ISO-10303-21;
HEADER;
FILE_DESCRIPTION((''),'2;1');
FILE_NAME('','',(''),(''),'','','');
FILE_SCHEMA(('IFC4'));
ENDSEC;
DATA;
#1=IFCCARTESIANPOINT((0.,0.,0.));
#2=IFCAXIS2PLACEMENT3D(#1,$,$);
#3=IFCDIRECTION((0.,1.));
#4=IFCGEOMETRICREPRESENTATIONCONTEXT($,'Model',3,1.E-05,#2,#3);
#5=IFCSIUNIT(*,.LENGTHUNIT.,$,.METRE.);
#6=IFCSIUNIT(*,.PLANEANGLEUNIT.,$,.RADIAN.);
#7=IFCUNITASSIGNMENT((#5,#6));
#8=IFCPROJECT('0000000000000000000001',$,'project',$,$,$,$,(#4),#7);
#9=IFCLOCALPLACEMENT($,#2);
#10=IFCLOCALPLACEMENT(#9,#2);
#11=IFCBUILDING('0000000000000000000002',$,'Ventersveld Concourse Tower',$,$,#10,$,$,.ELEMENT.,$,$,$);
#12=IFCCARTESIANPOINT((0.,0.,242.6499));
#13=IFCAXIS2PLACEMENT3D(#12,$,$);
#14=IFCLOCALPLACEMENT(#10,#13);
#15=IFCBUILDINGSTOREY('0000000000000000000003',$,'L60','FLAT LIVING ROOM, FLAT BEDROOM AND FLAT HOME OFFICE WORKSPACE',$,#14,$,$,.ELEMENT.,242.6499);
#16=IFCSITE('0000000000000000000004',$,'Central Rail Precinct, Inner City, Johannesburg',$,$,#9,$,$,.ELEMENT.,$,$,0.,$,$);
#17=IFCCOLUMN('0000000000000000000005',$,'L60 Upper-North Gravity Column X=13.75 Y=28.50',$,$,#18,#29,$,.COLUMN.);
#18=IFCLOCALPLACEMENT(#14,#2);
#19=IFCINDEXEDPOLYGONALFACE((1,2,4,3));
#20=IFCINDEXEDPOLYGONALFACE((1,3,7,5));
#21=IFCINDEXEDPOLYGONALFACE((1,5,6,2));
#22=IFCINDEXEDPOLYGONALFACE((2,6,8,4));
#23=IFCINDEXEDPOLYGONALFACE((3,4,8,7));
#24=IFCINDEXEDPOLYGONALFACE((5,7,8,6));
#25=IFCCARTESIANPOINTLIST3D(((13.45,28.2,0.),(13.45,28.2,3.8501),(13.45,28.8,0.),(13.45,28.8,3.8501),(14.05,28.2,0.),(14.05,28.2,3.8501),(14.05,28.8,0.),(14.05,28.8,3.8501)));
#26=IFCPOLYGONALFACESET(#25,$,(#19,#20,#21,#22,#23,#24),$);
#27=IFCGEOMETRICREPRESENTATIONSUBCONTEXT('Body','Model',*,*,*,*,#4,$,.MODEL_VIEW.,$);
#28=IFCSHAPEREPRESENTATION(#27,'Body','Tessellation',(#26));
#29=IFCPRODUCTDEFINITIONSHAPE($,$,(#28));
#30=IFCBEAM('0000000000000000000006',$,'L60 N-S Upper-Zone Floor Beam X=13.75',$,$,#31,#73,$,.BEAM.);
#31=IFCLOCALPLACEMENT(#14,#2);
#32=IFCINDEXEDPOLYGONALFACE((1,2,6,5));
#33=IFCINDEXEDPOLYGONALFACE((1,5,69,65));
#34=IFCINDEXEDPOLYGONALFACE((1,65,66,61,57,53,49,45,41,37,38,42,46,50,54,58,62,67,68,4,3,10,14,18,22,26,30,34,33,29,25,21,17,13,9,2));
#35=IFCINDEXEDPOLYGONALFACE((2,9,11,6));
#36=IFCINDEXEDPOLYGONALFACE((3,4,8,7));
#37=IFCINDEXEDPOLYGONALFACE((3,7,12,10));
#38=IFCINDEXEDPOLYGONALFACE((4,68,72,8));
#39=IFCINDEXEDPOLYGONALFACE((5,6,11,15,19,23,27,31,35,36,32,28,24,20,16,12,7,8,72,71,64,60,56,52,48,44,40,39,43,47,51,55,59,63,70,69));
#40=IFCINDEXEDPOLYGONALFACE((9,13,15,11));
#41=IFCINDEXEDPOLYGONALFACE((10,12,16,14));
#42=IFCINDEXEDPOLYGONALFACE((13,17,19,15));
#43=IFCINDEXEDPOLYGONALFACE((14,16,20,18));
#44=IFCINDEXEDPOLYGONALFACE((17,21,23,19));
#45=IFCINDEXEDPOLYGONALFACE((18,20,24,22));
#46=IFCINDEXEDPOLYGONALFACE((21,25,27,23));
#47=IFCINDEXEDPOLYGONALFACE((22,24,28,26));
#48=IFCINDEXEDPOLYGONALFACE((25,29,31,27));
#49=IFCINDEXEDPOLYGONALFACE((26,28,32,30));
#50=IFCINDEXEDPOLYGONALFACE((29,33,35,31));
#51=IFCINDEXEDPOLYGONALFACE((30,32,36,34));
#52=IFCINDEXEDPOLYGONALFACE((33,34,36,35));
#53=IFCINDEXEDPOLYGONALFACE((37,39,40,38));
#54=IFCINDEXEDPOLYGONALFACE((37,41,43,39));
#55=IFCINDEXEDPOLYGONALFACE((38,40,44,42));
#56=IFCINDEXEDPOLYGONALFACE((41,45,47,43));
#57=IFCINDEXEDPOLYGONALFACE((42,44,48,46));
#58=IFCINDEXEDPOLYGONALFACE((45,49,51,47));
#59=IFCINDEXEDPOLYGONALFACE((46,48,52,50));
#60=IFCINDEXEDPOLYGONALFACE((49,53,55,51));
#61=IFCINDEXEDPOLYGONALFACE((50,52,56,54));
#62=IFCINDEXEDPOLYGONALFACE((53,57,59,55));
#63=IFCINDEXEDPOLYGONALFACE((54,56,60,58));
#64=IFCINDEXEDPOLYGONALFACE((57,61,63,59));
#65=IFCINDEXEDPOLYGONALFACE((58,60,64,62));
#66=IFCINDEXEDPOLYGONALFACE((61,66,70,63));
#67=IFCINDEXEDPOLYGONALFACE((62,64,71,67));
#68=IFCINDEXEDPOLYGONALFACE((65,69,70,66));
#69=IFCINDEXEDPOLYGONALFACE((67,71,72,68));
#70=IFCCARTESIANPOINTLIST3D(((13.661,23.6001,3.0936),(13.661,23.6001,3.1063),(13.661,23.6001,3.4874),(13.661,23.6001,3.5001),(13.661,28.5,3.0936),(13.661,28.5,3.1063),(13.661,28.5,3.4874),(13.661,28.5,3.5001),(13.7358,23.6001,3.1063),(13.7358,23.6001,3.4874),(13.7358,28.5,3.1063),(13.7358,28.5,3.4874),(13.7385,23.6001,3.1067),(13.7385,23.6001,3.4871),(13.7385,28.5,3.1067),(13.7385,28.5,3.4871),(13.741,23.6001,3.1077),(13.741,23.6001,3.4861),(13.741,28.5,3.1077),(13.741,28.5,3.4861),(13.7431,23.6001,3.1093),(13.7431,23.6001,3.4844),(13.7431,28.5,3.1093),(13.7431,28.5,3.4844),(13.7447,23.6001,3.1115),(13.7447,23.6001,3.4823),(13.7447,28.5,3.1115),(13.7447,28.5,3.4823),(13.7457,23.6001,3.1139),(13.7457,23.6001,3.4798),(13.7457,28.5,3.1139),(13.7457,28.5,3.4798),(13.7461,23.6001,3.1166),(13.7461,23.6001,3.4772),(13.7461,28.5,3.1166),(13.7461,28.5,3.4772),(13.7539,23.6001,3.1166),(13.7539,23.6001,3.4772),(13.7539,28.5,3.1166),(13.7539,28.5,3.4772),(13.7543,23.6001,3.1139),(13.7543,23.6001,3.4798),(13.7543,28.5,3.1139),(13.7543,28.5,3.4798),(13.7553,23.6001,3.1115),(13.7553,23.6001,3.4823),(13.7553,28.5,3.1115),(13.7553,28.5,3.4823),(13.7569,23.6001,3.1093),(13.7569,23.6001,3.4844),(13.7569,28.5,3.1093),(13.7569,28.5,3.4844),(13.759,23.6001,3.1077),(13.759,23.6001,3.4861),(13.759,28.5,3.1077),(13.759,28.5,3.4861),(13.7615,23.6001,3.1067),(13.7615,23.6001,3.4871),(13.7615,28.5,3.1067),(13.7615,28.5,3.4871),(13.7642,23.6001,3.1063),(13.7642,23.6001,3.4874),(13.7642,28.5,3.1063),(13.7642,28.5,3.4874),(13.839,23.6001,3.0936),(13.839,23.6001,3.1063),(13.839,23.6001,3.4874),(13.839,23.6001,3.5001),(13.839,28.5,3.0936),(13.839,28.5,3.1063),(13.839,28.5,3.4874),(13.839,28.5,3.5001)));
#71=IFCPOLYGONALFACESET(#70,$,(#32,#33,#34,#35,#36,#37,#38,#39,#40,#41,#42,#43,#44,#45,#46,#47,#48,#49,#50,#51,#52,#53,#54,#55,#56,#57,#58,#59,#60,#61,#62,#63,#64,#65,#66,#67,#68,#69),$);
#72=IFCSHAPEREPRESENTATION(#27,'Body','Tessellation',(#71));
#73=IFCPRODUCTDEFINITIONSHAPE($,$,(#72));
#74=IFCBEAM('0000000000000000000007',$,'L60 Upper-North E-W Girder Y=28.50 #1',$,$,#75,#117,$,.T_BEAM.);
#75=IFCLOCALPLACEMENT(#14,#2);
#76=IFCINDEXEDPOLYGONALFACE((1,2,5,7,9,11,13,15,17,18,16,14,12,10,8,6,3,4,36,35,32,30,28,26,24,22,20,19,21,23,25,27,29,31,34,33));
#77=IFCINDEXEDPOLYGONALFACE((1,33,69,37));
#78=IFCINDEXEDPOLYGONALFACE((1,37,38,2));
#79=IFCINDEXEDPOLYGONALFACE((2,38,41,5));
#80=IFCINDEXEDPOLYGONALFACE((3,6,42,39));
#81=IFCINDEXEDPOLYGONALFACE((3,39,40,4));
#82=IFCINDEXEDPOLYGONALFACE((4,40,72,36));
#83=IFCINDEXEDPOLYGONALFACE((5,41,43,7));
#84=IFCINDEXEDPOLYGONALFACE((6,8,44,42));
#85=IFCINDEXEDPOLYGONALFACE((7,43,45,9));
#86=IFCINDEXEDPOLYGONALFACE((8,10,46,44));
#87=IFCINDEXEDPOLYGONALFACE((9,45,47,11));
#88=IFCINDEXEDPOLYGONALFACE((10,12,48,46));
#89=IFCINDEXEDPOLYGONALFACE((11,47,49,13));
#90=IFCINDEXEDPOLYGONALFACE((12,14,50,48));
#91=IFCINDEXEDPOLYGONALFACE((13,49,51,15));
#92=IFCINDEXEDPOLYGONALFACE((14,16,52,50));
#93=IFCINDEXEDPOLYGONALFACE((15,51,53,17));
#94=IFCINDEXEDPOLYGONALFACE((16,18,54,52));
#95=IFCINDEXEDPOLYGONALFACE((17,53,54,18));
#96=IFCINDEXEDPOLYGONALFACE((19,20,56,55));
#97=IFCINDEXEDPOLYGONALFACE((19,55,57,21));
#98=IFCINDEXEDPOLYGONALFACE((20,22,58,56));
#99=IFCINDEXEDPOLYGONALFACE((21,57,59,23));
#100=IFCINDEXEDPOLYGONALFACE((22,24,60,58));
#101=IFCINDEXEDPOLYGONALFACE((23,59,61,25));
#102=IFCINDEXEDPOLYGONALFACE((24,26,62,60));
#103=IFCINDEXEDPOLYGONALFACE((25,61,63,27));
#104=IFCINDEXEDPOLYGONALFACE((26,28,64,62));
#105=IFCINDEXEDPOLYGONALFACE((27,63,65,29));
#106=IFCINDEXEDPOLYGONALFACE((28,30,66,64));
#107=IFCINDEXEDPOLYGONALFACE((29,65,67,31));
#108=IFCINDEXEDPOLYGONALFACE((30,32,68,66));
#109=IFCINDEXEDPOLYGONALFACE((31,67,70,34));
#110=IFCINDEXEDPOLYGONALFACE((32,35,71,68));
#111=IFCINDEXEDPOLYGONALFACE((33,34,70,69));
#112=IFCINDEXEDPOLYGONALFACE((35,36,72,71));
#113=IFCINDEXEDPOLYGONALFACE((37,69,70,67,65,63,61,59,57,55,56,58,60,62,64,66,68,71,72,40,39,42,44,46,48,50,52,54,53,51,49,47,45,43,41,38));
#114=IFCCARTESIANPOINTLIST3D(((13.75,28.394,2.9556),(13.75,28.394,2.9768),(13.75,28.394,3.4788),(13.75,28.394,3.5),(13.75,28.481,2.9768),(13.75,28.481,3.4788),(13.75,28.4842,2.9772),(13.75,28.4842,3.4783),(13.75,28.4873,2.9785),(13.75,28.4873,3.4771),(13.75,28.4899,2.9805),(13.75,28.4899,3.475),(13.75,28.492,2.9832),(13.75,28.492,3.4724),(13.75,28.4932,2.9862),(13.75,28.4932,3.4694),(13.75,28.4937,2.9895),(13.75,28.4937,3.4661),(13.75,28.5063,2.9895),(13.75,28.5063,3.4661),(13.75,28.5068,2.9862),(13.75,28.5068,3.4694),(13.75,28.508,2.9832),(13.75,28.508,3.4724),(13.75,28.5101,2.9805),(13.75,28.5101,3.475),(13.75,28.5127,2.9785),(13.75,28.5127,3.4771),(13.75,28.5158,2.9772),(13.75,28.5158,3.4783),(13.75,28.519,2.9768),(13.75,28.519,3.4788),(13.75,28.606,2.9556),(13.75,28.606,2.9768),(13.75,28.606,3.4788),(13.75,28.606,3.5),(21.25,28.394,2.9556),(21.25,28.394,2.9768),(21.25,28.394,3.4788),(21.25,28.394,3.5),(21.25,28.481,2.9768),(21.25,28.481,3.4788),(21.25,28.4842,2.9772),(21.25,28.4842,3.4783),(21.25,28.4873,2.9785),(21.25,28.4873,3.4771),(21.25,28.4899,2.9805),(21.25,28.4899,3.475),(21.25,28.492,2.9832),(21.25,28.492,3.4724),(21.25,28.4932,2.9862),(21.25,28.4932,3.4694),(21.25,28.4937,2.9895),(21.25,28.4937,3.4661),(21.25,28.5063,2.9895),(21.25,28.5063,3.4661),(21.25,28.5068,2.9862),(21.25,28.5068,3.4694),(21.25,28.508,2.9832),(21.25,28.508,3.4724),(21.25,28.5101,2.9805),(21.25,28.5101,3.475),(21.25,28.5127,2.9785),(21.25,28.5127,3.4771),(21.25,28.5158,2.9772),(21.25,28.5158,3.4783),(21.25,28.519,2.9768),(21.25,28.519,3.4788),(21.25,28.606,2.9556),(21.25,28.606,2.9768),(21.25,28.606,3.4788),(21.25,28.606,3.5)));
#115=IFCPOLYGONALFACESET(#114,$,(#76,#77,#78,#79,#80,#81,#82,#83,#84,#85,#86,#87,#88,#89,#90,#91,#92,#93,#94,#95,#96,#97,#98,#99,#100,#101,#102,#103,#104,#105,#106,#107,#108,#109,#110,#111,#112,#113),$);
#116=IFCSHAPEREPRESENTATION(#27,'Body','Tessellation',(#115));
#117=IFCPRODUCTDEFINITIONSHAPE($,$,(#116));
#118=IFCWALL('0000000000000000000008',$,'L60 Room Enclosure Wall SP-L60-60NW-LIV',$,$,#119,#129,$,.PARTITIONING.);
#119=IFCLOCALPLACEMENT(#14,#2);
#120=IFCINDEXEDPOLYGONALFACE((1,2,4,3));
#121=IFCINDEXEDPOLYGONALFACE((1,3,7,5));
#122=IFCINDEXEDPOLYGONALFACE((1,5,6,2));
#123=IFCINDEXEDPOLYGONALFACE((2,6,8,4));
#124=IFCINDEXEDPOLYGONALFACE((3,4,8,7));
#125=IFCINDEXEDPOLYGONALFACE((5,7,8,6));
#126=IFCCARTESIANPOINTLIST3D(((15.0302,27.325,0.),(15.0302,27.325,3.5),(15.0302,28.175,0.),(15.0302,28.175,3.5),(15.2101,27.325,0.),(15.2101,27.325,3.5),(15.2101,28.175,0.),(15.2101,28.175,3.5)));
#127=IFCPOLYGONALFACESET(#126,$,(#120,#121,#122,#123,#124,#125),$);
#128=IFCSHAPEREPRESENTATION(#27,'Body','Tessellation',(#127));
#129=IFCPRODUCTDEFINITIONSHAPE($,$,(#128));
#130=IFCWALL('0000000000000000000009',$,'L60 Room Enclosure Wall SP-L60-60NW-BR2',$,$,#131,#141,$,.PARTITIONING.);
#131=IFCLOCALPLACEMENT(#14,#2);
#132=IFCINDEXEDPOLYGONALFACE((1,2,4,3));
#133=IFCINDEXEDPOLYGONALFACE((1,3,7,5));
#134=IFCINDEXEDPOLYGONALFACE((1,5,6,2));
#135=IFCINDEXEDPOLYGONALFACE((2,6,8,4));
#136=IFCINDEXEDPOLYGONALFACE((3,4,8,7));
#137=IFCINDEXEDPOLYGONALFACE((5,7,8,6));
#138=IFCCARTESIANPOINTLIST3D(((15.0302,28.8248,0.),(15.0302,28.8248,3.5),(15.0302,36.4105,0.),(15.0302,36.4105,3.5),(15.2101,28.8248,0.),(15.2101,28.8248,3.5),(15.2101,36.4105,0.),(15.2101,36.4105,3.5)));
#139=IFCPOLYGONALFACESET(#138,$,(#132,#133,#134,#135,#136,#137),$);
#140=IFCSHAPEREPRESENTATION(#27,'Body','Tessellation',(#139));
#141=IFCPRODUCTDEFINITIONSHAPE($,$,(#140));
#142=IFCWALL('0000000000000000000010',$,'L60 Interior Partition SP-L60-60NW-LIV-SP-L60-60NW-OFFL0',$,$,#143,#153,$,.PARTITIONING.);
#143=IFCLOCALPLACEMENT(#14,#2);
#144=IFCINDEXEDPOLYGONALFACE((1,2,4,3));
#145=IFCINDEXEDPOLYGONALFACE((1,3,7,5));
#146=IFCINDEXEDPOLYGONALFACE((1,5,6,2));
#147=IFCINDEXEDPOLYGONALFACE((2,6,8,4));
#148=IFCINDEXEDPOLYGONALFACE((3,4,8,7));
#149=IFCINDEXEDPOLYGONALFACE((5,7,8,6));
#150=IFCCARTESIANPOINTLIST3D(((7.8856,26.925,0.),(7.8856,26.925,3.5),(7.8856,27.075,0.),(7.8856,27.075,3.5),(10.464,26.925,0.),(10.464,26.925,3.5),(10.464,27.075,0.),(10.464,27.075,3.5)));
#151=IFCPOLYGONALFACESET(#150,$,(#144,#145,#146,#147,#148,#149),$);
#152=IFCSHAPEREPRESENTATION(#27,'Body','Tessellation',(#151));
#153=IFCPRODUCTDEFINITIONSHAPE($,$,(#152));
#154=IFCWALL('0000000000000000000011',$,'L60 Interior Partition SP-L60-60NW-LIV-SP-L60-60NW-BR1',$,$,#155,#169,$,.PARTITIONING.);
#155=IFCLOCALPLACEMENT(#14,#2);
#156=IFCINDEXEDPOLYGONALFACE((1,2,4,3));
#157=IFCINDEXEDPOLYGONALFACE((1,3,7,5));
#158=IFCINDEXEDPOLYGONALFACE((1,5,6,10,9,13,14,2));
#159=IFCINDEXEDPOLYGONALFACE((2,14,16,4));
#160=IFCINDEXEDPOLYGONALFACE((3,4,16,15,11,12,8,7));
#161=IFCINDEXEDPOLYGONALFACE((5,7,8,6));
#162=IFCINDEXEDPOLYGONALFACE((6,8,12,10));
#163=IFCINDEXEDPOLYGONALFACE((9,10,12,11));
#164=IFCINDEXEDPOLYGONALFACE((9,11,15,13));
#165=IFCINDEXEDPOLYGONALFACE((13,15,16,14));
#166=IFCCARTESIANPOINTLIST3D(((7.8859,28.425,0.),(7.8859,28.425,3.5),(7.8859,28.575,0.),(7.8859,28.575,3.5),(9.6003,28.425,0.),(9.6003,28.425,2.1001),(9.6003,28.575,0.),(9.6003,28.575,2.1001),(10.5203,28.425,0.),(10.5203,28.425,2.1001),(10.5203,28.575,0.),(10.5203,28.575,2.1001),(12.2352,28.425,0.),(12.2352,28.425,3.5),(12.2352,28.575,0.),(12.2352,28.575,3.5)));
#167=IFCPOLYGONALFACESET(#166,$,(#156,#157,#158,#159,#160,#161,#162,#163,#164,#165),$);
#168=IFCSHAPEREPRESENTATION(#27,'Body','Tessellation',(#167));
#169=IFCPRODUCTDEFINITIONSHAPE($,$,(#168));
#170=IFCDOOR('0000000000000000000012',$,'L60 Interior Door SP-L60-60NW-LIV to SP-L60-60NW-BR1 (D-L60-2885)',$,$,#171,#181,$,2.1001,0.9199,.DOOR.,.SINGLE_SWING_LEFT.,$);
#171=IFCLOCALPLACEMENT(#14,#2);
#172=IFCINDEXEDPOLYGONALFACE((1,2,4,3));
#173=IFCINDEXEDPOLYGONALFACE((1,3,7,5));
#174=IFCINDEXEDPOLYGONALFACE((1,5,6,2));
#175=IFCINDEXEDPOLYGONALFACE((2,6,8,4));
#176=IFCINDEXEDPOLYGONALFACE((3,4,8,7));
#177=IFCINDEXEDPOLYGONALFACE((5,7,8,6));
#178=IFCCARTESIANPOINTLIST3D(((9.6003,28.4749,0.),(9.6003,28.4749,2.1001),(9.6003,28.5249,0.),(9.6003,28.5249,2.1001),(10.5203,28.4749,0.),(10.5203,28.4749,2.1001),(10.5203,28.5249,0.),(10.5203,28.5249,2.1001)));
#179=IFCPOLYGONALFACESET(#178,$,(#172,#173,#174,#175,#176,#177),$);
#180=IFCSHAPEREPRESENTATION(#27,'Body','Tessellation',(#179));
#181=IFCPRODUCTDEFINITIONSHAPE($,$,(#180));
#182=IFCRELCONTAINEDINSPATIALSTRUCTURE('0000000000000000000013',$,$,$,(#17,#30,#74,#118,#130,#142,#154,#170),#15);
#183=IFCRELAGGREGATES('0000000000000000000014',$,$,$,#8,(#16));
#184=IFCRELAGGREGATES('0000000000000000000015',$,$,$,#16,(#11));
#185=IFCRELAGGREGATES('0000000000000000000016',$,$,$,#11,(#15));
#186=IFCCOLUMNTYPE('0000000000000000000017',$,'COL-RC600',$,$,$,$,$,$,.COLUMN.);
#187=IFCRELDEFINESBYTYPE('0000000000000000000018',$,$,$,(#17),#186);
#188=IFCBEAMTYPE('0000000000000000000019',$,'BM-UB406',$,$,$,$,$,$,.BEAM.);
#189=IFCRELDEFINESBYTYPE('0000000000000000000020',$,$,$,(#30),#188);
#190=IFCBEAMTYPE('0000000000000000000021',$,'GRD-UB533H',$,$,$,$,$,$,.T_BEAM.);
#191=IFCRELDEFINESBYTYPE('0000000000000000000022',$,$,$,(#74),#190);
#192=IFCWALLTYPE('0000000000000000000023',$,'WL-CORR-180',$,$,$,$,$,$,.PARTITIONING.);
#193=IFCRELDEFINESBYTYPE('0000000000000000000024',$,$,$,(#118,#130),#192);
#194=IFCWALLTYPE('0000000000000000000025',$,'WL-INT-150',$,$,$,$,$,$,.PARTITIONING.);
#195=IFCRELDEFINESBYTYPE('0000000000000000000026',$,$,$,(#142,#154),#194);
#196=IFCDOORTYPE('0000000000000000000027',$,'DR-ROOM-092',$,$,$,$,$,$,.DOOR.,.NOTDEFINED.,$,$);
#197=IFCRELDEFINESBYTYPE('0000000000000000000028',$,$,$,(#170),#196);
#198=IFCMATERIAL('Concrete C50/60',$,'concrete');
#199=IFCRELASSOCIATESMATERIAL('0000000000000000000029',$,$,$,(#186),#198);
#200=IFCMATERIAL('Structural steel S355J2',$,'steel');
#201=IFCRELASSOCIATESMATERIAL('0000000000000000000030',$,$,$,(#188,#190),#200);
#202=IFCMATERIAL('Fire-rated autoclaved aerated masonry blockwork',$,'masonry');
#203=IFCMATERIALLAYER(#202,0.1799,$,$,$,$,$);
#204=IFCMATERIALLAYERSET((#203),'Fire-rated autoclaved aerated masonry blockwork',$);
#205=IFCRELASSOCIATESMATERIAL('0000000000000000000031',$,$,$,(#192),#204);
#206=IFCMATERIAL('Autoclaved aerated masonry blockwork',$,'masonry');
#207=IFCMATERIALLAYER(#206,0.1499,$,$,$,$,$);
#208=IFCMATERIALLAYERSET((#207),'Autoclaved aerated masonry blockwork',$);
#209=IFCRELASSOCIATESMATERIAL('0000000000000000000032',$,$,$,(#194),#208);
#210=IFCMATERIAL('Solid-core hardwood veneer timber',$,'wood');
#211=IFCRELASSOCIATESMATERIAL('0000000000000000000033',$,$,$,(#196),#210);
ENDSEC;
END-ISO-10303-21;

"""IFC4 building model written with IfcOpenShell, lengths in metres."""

from ifc_helpers import new_model, si_unit, direction, frame, frame_2d, origin, origin_2d, place, context, subcontext, project, spatial, rectangle, i_section, extrude, material, layer, layer_set, material_profile, profile_set, type_object, element, fill, save


model = new_model("IFC4")

# Units and contexts
model_context = context("Model", 3, precision=1e-05, world=origin(), true_north=direction((0.0, 1.0)))
body_context = subcontext(model_context, "Body", "Model", "MODEL_VIEW")
ifc_project = project(units=[si_unit("LENGTHUNIT", "METRE"), si_unit("PLANEANGLEUNIT", "RADIAN")], contexts=[model_context])

# Site, building, storey
site_placement = place(None, origin())
site = spatial("IfcSite", under=ifc_project, at=site_placement, Name="Central Rail Precinct, Inner City, Johannesburg", CompositionType="ELEMENT", RefElevation=0.0)
building_placement = place(site_placement, origin())
building = spatial("IfcBuilding", under=site, at=building_placement, Name="Ventersveld Concourse Tower", CompositionType="ELEMENT")
storey_placement = place(building_placement, frame((0.0, 0.0, 242.6499)))
storey = spatial("IfcBuildingStorey", under=building, at=storey_placement, Name="L60", Description="FLAT LIVING ROOM, FLAT BEDROOM AND FLAT HOME OFFICE WORKSPACE", CompositionType="ELEMENT", Elevation=242.6499)

# Column
ifc_material_1 = material(Name="Concrete C50/60", Category="concrete")
ifc_material_profile_1 = material_profile(ifc_material_1, rectangle(XDim=0.6001, YDim=0.6001, at=origin_2d()), Name="RC 600x600")
ifc_profile_set_1 = profile_set([ifc_material_profile_1], Name="Concrete C50/60")
column_type = type_object("IfcColumnType", Name="COL-RC600", PredefinedType="COLUMN", material=ifc_profile_set_1)
column_placement = place(storey_placement, frame((13.75, 28.5, 0.0), z_axis=(0.0, 0.0, 1.0), x_axis=(1.0, 0.0, 0.0)))
element("IfcColumn", 1, at=column_placement, inside=storey, type_object=column_type, Name="L60 Upper-North Gravity Column X=13.75 Y=28.50", PredefinedType="COLUMN", context=body_context, shape_type="SweptSolid", body=[
    extrude(rectangle(XDim=0.6001, YDim=0.6001, at=origin_2d()), origin(), (0.0, 0.0, 1.0), 3.8501),
])

# Beams
ifc_material_2 = material(Name="Structural steel S355J2", Category="steel")
ifc_material_profile_2 = material_profile(ifc_material_2, i_section(OverallWidth=0.178, OverallDepth=0.4065, WebThickness=0.0078, FlangeThickness=0.0127, FilletRadius=0.0103, at=origin_2d()), Name="UB 406x178x60")
ifc_profile_set_2 = profile_set([ifc_material_profile_2], Name="Structural steel S355J2")
beam_type_1 = type_object("IfcBeamType", Name="BM-UB406", PredefinedType="BEAM", material=ifc_profile_set_2)
beam_1_placement = place(storey_placement, frame((13.75, 23.6001, 3.2969), z_axis=(0.0, 1.0, 0.0), x_axis=(-1.0, 0.0, 0.0)))
element("IfcBeam", 2, at=beam_1_placement, inside=storey, type_object=beam_type_1, Name="L60 N-S Upper-Zone Floor Beam X=13.75", PredefinedType="BEAM", context=body_context, shape_type="SweptSolid", body=[
    extrude(i_section(OverallWidth=0.178, OverallDepth=0.4065, WebThickness=0.0078, FlangeThickness=0.0127, FilletRadius=0.0103, at=origin_2d()), origin(), (0.0, 0.0, 1.0), 4.8999),
])
ifc_material_profile_3 = material_profile(ifc_material_2, i_section(OverallWidth=0.2119, OverallDepth=0.5444, WebThickness=0.0127, FlangeThickness=0.0212, FilletRadius=0.0127, at=origin_2d()), Name="UB 533x210x122")
ifc_profile_set_3 = profile_set([ifc_material_profile_3], Name="Structural steel S355J2")
beam_type_2 = type_object("IfcBeamType", Name="GRD-UB533H", PredefinedType="T_BEAM", material=ifc_profile_set_3)
beam_2_placement = place(storey_placement, frame((13.75, 28.5, 3.2278), z_axis=(1.0, 0.0, 0.0), x_axis=(0.0, 1.0, 0.0)))
element("IfcBeam", 3, at=beam_2_placement, inside=storey, type_object=beam_type_2, Name="L60 Upper-North E-W Girder Y=28.50 #1", PredefinedType="T_BEAM", context=body_context, shape_type="SweptSolid", body=[
    extrude(i_section(OverallWidth=0.2119, OverallDepth=0.5444, WebThickness=0.0127, FlangeThickness=0.0212, FilletRadius=0.0127, at=origin_2d()), origin(), (0.0, 0.0, 1.0), 7.5),
])

# Walls
ifc_material_3 = material(Name="Fire-rated autoclaved aerated masonry blockwork", Category="masonry")
ifc_layer_1 = layer(ifc_material_3, 0.1799)
ifc_layer_set_1 = layer_set([ifc_layer_1], Name="Fire-rated autoclaved aerated masonry blockwork")
wall_type_1 = type_object("IfcWallType", Name="WL-CORR-180", PredefinedType="PARTITIONING", material=ifc_layer_set_1)
wall_1_placement = place(storey_placement, frame((15.1201, 28.175, 0.0), z_axis=(0.0, 0.0, 1.0), x_axis=(0.0, -1.0, 0.0)))
element("IfcWall", 4, at=wall_1_placement, inside=storey, type_object=wall_type_1, Name="L60 Room Enclosure Wall SP-L60-60NW-LIV", PredefinedType="PARTITIONING", context=body_context, shape_type="SweptSolid", body=[
    extrude(rectangle(XDim=0.8501, YDim=0.1799, at=frame_2d((0.425, 0.0))), origin(), (0.0, 0.0, 1.0), 3.5),
])
wall_2_placement = place(storey_placement, frame((15.1201, 36.4106, 0.0), z_axis=(0.0, 0.0, 1.0), x_axis=(0.0, -1.0, 0.0)))
element("IfcWall", 5, at=wall_2_placement, inside=storey, type_object=wall_type_1, Name="L60 Room Enclosure Wall SP-L60-60NW-BR2", PredefinedType="PARTITIONING", context=body_context, shape_type="SweptSolid", body=[
    extrude(rectangle(XDim=7.5857, YDim=0.1799, at=frame_2d((3.793, 0.0))), origin(), (0.0, 0.0, 1.0), 3.5),
])
ifc_material_4 = material(Name="Autoclaved aerated masonry blockwork", Category="masonry")
ifc_layer_2 = layer(ifc_material_4, 0.1499)
ifc_layer_set_2 = layer_set([ifc_layer_2], Name="Autoclaved aerated masonry blockwork")
wall_type_2 = type_object("IfcWallType", Name="WL-INT-150", PredefinedType="PARTITIONING", material=ifc_layer_set_2)
wall_3_placement = place(storey_placement, frame((7.8857, 27.0, 0.0), z_axis=(0.0, 0.0, 1.0), x_axis=(1.0, 0.0, 0.0)))
element("IfcWall", 6, at=wall_3_placement, inside=storey, type_object=wall_type_2, Name="L60 Interior Partition SP-L60-60NW-LIV-SP-L60-60NW-OFFL0", PredefinedType="PARTITIONING", context=body_context, shape_type="SweptSolid", body=[
    extrude(rectangle(XDim=2.5784, YDim=0.1499, at=frame_2d((1.2891, 0.0))), origin(), (0.0, 0.0, 1.0), 3.5),
])

# Wall, opening, door
wall_4_placement = place(storey_placement, frame((7.8857, 28.5, 0.0), z_axis=(0.0, 0.0, 1.0), x_axis=(1.0, 0.0, 0.0)))
wall_4 = element("IfcWall", 7, at=wall_4_placement, inside=storey, type_object=wall_type_2, Name="L60 Interior Partition SP-L60-60NW-LIV-SP-L60-60NW-BR1", PredefinedType="PARTITIONING", context=body_context, shape_type="SweptSolid", body=[
    extrude(rectangle(XDim=4.3494, YDim=0.1499, at=frame_2d((2.1748, 0.0))), origin(), (0.0, 0.0, 1.0), 3.5),
])
opening_1_placement = place(wall_4_placement, frame((1.7146, 0.0, 0.0)))
opening_1 = element("IfcOpeningElement", 8, at=opening_1_placement, cuts=wall_4, PredefinedType="OPENING", context=body_context, shape_type="SweptSolid", body=[
    extrude(rectangle(XDim=0.9199, YDim=2.1001, at=frame_2d((0.46, 1.05))), frame((0.0, 0.085, 0.0), z_axis=(0.0, -1.0, 0.0), x_axis=(1.0, 0.0, 0.0)), (0.0, 0.0, 1.0), 0.1699),
])
ifc_material_5 = material(Name="Solid-core hardwood veneer timber", Category="wood")
door_type = type_object("IfcDoorType", Name="DR-ROOM-092", OperationType="NOTDEFINED", PredefinedType="DOOR", material=ifc_material_5)
door_1_placement = place(opening_1_placement, origin())
door_1 = element("IfcDoor", 9, at=door_1_placement, inside=storey, type_object=door_type, Name="L60 Interior Door SP-L60-60NW-LIV to SP-L60-60NW-BR1 (D-L60-2885)", OperationType="SINGLE_SWING_LEFT", OverallHeight=2.1001, OverallWidth=0.9199, PredefinedType="DOOR", context=body_context, shape_type="SweptSolid", body=[
    extrude(rectangle(XDim=0.9199, YDim=2.1001, at=frame_2d((0.46, 1.05))), frame((0.0, 0.0249, 0.0), z_axis=(0.0, -1.0, 0.0), x_axis=(1.0, 0.0, 0.0)), (0.0, 0.0, 1.0), 0.05),
])
fill(opening_1, door_1)

save(model, "model.ifc")
